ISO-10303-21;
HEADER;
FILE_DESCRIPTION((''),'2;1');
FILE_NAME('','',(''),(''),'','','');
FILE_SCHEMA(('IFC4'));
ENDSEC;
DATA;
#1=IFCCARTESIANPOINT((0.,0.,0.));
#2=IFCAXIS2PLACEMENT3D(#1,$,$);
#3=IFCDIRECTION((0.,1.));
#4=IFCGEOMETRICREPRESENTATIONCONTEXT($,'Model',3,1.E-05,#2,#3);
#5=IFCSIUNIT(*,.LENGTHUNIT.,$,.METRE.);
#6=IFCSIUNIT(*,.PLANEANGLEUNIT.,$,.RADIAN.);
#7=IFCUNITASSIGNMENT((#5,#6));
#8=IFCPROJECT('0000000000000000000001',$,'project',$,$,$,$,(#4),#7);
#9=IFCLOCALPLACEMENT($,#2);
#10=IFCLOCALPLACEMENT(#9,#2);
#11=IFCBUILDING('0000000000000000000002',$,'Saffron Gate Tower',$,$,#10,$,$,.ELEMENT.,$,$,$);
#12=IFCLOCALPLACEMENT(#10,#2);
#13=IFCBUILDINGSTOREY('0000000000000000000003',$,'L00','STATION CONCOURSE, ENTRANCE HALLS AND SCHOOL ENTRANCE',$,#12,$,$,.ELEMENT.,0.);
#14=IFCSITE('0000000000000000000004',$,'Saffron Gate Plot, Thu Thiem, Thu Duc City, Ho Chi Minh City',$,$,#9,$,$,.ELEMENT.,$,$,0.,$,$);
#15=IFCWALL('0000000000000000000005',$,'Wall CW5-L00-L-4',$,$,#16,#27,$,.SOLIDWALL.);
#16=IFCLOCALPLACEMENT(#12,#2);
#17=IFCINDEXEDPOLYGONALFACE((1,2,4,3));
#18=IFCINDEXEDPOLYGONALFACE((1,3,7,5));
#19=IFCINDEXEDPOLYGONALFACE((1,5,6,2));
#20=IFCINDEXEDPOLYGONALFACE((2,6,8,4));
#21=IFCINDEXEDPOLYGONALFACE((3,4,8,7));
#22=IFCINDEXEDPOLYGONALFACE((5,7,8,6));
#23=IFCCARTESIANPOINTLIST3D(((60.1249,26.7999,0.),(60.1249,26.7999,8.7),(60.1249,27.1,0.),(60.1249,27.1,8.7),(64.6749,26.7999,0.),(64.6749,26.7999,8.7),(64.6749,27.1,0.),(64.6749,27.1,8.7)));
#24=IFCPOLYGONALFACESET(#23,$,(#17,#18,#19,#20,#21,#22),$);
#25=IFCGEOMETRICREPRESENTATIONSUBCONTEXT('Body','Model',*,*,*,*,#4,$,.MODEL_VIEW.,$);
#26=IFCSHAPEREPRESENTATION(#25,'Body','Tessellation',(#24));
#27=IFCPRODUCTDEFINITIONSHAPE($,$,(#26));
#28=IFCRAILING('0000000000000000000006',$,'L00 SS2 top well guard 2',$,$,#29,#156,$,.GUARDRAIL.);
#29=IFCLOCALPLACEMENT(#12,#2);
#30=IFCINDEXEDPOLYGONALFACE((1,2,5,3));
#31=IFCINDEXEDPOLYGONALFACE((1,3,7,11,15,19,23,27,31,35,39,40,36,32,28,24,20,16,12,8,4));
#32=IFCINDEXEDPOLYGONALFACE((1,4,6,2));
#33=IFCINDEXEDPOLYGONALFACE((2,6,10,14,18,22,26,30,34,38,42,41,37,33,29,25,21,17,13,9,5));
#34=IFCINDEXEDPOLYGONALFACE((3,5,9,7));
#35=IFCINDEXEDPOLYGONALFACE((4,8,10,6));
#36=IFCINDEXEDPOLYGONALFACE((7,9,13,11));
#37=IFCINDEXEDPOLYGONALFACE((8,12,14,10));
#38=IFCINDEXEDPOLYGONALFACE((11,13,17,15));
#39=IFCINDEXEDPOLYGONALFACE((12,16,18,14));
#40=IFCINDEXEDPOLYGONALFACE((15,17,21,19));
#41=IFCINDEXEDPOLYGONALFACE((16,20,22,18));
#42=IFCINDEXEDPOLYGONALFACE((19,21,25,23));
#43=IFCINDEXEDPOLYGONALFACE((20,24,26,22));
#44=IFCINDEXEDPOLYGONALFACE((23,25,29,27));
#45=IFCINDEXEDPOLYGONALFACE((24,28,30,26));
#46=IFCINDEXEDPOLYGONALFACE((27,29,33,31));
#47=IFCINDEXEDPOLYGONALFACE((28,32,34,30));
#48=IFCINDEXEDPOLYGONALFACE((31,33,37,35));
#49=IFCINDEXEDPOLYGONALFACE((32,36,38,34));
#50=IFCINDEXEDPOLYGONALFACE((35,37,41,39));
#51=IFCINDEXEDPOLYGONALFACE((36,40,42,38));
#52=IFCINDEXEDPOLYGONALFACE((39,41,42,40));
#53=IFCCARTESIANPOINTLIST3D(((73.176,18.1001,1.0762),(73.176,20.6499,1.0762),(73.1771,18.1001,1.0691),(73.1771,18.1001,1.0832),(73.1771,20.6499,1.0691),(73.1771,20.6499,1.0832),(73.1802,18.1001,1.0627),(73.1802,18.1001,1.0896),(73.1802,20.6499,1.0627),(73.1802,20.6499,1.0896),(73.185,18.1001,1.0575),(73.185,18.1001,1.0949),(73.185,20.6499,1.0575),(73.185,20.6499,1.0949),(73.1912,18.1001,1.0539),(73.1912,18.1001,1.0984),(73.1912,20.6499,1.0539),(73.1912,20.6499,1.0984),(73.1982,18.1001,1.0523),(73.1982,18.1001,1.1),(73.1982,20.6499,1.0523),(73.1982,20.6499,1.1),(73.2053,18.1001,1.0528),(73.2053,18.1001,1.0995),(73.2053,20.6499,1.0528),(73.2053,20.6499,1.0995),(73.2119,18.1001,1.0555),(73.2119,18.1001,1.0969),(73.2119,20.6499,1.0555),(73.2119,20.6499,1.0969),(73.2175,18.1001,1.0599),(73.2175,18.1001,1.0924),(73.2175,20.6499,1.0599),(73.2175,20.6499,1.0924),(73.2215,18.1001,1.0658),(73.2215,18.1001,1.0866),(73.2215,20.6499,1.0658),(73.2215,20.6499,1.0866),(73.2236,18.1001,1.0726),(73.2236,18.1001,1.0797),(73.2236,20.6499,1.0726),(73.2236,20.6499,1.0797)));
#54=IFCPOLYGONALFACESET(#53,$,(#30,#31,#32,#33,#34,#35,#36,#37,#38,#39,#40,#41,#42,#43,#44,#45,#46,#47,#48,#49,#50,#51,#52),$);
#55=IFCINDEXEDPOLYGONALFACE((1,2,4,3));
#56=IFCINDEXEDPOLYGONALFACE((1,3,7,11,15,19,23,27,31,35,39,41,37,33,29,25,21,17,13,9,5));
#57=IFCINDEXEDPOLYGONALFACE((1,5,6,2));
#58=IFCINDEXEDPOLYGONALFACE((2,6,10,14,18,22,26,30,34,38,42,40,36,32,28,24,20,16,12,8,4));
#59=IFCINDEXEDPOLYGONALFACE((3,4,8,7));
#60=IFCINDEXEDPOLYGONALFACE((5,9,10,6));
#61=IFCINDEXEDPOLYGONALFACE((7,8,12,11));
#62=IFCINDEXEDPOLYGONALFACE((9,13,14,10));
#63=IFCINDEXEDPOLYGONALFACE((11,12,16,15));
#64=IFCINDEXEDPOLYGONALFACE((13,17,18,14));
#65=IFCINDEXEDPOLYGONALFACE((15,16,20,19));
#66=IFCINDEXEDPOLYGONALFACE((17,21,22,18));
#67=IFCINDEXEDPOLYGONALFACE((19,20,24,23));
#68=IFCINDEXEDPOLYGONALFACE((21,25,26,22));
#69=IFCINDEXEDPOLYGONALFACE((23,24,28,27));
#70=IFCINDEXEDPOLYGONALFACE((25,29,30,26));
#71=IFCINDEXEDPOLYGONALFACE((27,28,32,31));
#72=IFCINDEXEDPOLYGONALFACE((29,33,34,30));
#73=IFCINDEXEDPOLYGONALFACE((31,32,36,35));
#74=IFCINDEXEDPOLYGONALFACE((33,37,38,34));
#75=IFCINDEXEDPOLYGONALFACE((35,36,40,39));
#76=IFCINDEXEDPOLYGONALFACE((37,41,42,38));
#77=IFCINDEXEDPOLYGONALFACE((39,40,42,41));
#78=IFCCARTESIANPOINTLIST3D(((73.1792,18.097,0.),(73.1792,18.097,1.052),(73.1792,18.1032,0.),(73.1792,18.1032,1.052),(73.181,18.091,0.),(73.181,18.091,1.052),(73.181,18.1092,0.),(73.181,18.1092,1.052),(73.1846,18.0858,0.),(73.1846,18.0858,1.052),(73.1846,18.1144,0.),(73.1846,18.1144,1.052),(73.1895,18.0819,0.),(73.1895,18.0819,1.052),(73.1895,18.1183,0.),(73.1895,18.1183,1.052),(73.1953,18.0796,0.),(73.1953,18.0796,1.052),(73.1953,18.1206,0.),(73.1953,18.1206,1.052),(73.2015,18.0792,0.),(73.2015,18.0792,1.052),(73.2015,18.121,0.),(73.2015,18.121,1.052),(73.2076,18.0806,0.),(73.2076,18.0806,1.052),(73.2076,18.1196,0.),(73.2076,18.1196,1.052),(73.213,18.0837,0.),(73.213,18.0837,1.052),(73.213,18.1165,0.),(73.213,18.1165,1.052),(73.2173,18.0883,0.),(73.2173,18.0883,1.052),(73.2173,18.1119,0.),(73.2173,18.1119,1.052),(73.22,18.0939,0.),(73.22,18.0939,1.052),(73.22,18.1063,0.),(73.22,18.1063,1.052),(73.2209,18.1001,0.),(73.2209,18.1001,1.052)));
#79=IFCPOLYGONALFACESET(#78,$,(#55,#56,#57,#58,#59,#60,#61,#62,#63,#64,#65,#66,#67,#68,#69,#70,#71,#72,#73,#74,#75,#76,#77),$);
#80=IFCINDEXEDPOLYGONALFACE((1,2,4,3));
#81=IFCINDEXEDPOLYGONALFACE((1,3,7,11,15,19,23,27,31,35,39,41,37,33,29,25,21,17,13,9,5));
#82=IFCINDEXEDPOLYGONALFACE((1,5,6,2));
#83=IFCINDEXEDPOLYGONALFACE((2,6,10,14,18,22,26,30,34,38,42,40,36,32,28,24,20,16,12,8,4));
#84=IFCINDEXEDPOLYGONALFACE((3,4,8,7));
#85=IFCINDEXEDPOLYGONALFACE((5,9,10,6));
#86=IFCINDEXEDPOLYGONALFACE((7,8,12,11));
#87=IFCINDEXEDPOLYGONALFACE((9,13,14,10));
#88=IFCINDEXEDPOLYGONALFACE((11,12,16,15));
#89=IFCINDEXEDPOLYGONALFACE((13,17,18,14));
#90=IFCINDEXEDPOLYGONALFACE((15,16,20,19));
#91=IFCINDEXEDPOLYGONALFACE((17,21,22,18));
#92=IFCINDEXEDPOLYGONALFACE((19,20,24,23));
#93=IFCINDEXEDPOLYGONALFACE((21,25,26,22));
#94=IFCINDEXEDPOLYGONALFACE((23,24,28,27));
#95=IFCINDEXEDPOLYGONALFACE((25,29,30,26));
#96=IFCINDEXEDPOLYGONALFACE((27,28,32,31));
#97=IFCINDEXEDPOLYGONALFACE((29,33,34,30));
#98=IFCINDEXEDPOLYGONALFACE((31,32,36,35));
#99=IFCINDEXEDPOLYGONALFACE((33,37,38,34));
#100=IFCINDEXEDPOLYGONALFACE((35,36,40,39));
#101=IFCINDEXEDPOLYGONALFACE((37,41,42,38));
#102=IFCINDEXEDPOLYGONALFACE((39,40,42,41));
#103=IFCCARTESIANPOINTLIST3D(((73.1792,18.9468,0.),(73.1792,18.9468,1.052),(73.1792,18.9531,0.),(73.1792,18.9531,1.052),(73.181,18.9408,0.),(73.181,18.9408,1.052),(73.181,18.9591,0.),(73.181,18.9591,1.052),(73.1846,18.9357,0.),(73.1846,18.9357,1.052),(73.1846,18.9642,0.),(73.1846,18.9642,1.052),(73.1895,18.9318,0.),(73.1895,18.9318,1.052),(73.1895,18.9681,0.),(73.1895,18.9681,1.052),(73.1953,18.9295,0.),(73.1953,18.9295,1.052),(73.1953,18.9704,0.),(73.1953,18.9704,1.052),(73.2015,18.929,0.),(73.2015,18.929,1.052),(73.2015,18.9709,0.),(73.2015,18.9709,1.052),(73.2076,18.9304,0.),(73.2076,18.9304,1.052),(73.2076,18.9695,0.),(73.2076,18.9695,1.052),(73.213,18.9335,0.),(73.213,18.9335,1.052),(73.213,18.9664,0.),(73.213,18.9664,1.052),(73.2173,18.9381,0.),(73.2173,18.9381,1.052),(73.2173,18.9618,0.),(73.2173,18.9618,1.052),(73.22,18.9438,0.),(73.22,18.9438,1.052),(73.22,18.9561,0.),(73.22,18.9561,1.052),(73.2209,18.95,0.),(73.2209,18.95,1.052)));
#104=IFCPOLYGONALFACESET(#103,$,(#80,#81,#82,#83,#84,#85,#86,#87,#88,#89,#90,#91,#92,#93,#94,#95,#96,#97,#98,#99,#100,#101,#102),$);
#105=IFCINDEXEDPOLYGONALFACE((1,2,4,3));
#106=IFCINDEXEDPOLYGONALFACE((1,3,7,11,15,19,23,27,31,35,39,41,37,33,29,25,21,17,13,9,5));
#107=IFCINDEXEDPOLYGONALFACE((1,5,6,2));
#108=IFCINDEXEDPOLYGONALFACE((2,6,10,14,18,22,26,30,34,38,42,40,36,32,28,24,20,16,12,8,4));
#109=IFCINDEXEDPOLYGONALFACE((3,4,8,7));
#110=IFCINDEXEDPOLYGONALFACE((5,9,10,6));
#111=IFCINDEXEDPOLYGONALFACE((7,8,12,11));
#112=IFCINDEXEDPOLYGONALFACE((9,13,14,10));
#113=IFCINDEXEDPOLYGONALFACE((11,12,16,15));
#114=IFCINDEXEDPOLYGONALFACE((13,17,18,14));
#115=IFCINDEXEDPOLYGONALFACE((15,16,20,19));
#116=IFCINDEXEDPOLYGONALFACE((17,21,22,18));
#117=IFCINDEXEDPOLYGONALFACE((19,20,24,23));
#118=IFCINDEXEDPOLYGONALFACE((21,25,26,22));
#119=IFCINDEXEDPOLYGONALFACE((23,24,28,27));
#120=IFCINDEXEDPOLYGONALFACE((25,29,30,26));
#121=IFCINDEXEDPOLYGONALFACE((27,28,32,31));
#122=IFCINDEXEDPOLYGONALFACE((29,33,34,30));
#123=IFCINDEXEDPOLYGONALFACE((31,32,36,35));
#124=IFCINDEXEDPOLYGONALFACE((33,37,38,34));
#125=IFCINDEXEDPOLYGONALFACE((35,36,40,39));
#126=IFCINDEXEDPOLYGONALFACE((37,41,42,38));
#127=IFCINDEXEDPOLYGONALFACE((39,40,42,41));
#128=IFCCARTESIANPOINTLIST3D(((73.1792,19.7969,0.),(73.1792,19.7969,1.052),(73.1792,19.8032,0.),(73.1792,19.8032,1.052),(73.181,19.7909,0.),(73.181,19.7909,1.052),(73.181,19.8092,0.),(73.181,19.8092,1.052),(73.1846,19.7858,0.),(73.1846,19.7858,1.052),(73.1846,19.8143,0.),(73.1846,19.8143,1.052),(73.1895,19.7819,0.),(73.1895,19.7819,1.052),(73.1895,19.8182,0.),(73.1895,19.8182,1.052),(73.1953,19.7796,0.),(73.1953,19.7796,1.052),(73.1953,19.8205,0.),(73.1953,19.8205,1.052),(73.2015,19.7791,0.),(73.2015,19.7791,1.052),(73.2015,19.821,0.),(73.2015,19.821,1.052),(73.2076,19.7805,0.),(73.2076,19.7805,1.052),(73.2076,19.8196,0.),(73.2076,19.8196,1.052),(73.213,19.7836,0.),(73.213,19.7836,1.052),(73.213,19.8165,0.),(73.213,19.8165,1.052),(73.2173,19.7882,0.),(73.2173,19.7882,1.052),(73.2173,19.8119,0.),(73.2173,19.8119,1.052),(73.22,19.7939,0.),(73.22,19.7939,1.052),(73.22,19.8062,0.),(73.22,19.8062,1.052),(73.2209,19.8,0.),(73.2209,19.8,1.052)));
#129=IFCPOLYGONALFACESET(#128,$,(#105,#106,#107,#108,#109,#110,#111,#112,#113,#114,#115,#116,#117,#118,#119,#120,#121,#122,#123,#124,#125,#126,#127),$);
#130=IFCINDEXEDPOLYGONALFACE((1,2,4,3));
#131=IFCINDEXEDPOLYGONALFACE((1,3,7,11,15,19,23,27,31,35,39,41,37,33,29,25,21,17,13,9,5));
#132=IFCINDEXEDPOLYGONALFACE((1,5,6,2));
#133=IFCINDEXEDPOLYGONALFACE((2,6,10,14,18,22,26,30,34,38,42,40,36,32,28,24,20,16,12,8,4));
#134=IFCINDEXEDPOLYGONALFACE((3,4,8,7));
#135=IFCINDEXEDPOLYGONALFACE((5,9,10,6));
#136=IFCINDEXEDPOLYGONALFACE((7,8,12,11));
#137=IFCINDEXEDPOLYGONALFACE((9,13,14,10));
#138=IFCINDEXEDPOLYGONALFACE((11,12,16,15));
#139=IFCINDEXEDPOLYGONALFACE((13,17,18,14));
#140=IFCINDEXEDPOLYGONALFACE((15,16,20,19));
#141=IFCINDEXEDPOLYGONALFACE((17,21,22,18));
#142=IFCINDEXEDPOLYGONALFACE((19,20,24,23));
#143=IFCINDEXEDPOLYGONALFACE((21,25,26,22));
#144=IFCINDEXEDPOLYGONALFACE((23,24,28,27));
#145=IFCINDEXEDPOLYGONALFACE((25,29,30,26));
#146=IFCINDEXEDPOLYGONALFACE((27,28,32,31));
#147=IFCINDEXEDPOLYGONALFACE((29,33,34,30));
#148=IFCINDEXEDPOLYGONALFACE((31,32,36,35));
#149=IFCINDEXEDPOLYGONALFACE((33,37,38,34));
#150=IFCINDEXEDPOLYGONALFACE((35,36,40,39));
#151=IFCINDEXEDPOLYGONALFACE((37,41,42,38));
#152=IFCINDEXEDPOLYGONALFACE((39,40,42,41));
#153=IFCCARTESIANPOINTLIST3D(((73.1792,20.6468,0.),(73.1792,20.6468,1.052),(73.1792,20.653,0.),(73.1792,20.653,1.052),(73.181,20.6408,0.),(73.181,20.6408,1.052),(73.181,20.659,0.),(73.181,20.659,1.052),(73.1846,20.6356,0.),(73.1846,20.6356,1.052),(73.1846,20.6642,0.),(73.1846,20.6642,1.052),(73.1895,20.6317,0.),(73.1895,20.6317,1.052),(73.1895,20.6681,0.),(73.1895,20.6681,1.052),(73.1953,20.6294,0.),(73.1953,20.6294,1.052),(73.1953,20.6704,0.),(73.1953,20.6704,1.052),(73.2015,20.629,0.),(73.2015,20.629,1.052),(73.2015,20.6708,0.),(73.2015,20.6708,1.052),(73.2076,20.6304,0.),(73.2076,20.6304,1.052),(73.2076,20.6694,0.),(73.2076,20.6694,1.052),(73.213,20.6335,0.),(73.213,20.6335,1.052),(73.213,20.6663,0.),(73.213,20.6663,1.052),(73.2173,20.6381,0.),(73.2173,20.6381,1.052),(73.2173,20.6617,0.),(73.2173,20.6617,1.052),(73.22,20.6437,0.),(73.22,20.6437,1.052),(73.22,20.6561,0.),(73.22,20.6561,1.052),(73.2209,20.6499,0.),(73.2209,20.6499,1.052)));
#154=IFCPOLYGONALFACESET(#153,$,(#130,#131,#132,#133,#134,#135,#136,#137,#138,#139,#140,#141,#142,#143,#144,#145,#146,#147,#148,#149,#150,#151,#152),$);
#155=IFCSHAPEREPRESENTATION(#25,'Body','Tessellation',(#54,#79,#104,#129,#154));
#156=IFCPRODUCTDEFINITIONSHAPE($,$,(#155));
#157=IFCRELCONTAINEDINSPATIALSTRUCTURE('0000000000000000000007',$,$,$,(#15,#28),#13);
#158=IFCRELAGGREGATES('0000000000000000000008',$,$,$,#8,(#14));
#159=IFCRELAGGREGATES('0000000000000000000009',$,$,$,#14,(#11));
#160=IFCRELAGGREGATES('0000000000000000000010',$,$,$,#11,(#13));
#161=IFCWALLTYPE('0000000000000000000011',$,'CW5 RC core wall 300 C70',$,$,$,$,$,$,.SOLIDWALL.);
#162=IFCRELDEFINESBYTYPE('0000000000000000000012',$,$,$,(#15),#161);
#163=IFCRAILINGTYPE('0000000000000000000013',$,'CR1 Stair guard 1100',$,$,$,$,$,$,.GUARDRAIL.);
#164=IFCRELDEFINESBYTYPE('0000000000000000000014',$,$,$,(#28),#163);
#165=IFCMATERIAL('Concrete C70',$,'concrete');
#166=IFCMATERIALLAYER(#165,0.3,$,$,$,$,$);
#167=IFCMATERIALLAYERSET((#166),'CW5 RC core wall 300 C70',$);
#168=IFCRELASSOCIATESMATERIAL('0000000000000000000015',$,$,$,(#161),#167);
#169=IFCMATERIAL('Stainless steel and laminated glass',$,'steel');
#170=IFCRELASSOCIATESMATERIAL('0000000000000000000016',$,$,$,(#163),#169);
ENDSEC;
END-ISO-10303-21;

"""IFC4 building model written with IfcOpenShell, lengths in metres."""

from ifc_helpers import new_model, si_unit, direction, frame, frame_2d, origin, origin_2d, place, context, subcontext, project, spatial, rectangle, circle, extrude, material, layer, layer_set, type_object, element, save


model = new_model("IFC4")

# Units and contexts
model_context = context("Model", 3, precision=1e-05, world=origin(), true_north=direction((0.0, 1.0)))
body_context = subcontext(model_context, "Body", "Model", "MODEL_VIEW")
ifc_project = project(units=[si_unit("LENGTHUNIT", "METRE"), si_unit("PLANEANGLEUNIT", "RADIAN")], contexts=[model_context])

# Site, building, storey
site_placement = place(None, origin())
site = spatial("IfcSite", under=ifc_project, at=site_placement, Name="Saffron Gate Plot, Thu Thiem, Thu Duc City, Ho Chi Minh City", CompositionType="ELEMENT", RefElevation=0.0)
building_placement = place(site_placement, origin())
building = spatial("IfcBuilding", under=site, at=building_placement, Name="Saffron Gate Tower", CompositionType="ELEMENT")
storey_placement = place(building_placement, origin())
storey = spatial("IfcBuildingStorey", under=building, at=storey_placement, Name="L00", Description="STATION CONCOURSE, ENTRANCE HALLS AND SCHOOL ENTRANCE", CompositionType="ELEMENT", Elevation=0.0)

# Shared definitions
ifc_material_1 = material(Name="Concrete C70", Category="concrete")
ifc_layer_1 = layer(ifc_material_1, 0.3)
ifc_layer_set_1 = layer_set([ifc_layer_1], Name="CW5 RC core wall 300 C70")
wall_type_1 = type_object("IfcWallType", Name="CW5 RC core wall 300 C70", PredefinedType="SOLIDWALL", material=ifc_layer_set_1)

# Wall
wall_1_placement = place(storey_placement, frame((60.125, 26.95, 0.0), z_axis=(0.0, 0.0, 1.0), x_axis=(1.0, 0.0, 0.0)))
element("IfcWall", 1, at=wall_1_placement, inside=storey, type_object=wall_type_1, Name="Wall CW5-L00-L-4", PredefinedType="SOLIDWALL", context=body_context, shape_type="SweptSolid", body=[
    extrude(rectangle(XDim=4.55, YDim=0.3, at=frame_2d((2.2749, 0.0))), origin(), (0.0, 0.0, 1.0), 8.7),
])

# Railing
ifc_material_2 = material(Name="Stainless steel and laminated glass", Category="steel")
railing_type = type_object("IfcRailingType", Name="CR1 Stair guard 1100", PredefinedType="GUARDRAIL", material=ifc_material_2)
railing_1_placement = place(storey_placement, frame((73.2, 18.1001, 0.0)))
element("IfcRailing", 2, at=railing_1_placement, inside=storey, type_object=railing_type, Name="L00 SS2 top well guard 2", PredefinedType="GUARDRAIL", context=body_context, shape_type="SweptSolid", body=[
    extrude(circle(Radius=0.0239, at=origin_2d()), frame((0.0, 0.0, 1.0762), z_axis=(0.0, 1.0, 0.0), x_axis=(-1.0, 0.0, 0.0)), (0.0, 0.0, 1.0), 2.5498),
    extrude(circle(Radius=0.021, at=origin_2d()), origin(), (0.0, 0.0, 1.0), 1.052),
    extrude(circle(Radius=0.021, at=origin_2d()), frame((0.0, 0.8499, 0.0)), (0.0, 0.0, 1.0), 1.052),
    extrude(circle(Radius=0.021, at=origin_2d()), frame((0.0, 1.7, 0.0)), (0.0, 0.0, 1.0), 1.052),
    extrude(circle(Radius=0.021, at=origin_2d()), frame((0.0, 2.5498, 0.0)), (0.0, 0.0, 1.0), 1.052),
])

save(model, "model.ifc")
